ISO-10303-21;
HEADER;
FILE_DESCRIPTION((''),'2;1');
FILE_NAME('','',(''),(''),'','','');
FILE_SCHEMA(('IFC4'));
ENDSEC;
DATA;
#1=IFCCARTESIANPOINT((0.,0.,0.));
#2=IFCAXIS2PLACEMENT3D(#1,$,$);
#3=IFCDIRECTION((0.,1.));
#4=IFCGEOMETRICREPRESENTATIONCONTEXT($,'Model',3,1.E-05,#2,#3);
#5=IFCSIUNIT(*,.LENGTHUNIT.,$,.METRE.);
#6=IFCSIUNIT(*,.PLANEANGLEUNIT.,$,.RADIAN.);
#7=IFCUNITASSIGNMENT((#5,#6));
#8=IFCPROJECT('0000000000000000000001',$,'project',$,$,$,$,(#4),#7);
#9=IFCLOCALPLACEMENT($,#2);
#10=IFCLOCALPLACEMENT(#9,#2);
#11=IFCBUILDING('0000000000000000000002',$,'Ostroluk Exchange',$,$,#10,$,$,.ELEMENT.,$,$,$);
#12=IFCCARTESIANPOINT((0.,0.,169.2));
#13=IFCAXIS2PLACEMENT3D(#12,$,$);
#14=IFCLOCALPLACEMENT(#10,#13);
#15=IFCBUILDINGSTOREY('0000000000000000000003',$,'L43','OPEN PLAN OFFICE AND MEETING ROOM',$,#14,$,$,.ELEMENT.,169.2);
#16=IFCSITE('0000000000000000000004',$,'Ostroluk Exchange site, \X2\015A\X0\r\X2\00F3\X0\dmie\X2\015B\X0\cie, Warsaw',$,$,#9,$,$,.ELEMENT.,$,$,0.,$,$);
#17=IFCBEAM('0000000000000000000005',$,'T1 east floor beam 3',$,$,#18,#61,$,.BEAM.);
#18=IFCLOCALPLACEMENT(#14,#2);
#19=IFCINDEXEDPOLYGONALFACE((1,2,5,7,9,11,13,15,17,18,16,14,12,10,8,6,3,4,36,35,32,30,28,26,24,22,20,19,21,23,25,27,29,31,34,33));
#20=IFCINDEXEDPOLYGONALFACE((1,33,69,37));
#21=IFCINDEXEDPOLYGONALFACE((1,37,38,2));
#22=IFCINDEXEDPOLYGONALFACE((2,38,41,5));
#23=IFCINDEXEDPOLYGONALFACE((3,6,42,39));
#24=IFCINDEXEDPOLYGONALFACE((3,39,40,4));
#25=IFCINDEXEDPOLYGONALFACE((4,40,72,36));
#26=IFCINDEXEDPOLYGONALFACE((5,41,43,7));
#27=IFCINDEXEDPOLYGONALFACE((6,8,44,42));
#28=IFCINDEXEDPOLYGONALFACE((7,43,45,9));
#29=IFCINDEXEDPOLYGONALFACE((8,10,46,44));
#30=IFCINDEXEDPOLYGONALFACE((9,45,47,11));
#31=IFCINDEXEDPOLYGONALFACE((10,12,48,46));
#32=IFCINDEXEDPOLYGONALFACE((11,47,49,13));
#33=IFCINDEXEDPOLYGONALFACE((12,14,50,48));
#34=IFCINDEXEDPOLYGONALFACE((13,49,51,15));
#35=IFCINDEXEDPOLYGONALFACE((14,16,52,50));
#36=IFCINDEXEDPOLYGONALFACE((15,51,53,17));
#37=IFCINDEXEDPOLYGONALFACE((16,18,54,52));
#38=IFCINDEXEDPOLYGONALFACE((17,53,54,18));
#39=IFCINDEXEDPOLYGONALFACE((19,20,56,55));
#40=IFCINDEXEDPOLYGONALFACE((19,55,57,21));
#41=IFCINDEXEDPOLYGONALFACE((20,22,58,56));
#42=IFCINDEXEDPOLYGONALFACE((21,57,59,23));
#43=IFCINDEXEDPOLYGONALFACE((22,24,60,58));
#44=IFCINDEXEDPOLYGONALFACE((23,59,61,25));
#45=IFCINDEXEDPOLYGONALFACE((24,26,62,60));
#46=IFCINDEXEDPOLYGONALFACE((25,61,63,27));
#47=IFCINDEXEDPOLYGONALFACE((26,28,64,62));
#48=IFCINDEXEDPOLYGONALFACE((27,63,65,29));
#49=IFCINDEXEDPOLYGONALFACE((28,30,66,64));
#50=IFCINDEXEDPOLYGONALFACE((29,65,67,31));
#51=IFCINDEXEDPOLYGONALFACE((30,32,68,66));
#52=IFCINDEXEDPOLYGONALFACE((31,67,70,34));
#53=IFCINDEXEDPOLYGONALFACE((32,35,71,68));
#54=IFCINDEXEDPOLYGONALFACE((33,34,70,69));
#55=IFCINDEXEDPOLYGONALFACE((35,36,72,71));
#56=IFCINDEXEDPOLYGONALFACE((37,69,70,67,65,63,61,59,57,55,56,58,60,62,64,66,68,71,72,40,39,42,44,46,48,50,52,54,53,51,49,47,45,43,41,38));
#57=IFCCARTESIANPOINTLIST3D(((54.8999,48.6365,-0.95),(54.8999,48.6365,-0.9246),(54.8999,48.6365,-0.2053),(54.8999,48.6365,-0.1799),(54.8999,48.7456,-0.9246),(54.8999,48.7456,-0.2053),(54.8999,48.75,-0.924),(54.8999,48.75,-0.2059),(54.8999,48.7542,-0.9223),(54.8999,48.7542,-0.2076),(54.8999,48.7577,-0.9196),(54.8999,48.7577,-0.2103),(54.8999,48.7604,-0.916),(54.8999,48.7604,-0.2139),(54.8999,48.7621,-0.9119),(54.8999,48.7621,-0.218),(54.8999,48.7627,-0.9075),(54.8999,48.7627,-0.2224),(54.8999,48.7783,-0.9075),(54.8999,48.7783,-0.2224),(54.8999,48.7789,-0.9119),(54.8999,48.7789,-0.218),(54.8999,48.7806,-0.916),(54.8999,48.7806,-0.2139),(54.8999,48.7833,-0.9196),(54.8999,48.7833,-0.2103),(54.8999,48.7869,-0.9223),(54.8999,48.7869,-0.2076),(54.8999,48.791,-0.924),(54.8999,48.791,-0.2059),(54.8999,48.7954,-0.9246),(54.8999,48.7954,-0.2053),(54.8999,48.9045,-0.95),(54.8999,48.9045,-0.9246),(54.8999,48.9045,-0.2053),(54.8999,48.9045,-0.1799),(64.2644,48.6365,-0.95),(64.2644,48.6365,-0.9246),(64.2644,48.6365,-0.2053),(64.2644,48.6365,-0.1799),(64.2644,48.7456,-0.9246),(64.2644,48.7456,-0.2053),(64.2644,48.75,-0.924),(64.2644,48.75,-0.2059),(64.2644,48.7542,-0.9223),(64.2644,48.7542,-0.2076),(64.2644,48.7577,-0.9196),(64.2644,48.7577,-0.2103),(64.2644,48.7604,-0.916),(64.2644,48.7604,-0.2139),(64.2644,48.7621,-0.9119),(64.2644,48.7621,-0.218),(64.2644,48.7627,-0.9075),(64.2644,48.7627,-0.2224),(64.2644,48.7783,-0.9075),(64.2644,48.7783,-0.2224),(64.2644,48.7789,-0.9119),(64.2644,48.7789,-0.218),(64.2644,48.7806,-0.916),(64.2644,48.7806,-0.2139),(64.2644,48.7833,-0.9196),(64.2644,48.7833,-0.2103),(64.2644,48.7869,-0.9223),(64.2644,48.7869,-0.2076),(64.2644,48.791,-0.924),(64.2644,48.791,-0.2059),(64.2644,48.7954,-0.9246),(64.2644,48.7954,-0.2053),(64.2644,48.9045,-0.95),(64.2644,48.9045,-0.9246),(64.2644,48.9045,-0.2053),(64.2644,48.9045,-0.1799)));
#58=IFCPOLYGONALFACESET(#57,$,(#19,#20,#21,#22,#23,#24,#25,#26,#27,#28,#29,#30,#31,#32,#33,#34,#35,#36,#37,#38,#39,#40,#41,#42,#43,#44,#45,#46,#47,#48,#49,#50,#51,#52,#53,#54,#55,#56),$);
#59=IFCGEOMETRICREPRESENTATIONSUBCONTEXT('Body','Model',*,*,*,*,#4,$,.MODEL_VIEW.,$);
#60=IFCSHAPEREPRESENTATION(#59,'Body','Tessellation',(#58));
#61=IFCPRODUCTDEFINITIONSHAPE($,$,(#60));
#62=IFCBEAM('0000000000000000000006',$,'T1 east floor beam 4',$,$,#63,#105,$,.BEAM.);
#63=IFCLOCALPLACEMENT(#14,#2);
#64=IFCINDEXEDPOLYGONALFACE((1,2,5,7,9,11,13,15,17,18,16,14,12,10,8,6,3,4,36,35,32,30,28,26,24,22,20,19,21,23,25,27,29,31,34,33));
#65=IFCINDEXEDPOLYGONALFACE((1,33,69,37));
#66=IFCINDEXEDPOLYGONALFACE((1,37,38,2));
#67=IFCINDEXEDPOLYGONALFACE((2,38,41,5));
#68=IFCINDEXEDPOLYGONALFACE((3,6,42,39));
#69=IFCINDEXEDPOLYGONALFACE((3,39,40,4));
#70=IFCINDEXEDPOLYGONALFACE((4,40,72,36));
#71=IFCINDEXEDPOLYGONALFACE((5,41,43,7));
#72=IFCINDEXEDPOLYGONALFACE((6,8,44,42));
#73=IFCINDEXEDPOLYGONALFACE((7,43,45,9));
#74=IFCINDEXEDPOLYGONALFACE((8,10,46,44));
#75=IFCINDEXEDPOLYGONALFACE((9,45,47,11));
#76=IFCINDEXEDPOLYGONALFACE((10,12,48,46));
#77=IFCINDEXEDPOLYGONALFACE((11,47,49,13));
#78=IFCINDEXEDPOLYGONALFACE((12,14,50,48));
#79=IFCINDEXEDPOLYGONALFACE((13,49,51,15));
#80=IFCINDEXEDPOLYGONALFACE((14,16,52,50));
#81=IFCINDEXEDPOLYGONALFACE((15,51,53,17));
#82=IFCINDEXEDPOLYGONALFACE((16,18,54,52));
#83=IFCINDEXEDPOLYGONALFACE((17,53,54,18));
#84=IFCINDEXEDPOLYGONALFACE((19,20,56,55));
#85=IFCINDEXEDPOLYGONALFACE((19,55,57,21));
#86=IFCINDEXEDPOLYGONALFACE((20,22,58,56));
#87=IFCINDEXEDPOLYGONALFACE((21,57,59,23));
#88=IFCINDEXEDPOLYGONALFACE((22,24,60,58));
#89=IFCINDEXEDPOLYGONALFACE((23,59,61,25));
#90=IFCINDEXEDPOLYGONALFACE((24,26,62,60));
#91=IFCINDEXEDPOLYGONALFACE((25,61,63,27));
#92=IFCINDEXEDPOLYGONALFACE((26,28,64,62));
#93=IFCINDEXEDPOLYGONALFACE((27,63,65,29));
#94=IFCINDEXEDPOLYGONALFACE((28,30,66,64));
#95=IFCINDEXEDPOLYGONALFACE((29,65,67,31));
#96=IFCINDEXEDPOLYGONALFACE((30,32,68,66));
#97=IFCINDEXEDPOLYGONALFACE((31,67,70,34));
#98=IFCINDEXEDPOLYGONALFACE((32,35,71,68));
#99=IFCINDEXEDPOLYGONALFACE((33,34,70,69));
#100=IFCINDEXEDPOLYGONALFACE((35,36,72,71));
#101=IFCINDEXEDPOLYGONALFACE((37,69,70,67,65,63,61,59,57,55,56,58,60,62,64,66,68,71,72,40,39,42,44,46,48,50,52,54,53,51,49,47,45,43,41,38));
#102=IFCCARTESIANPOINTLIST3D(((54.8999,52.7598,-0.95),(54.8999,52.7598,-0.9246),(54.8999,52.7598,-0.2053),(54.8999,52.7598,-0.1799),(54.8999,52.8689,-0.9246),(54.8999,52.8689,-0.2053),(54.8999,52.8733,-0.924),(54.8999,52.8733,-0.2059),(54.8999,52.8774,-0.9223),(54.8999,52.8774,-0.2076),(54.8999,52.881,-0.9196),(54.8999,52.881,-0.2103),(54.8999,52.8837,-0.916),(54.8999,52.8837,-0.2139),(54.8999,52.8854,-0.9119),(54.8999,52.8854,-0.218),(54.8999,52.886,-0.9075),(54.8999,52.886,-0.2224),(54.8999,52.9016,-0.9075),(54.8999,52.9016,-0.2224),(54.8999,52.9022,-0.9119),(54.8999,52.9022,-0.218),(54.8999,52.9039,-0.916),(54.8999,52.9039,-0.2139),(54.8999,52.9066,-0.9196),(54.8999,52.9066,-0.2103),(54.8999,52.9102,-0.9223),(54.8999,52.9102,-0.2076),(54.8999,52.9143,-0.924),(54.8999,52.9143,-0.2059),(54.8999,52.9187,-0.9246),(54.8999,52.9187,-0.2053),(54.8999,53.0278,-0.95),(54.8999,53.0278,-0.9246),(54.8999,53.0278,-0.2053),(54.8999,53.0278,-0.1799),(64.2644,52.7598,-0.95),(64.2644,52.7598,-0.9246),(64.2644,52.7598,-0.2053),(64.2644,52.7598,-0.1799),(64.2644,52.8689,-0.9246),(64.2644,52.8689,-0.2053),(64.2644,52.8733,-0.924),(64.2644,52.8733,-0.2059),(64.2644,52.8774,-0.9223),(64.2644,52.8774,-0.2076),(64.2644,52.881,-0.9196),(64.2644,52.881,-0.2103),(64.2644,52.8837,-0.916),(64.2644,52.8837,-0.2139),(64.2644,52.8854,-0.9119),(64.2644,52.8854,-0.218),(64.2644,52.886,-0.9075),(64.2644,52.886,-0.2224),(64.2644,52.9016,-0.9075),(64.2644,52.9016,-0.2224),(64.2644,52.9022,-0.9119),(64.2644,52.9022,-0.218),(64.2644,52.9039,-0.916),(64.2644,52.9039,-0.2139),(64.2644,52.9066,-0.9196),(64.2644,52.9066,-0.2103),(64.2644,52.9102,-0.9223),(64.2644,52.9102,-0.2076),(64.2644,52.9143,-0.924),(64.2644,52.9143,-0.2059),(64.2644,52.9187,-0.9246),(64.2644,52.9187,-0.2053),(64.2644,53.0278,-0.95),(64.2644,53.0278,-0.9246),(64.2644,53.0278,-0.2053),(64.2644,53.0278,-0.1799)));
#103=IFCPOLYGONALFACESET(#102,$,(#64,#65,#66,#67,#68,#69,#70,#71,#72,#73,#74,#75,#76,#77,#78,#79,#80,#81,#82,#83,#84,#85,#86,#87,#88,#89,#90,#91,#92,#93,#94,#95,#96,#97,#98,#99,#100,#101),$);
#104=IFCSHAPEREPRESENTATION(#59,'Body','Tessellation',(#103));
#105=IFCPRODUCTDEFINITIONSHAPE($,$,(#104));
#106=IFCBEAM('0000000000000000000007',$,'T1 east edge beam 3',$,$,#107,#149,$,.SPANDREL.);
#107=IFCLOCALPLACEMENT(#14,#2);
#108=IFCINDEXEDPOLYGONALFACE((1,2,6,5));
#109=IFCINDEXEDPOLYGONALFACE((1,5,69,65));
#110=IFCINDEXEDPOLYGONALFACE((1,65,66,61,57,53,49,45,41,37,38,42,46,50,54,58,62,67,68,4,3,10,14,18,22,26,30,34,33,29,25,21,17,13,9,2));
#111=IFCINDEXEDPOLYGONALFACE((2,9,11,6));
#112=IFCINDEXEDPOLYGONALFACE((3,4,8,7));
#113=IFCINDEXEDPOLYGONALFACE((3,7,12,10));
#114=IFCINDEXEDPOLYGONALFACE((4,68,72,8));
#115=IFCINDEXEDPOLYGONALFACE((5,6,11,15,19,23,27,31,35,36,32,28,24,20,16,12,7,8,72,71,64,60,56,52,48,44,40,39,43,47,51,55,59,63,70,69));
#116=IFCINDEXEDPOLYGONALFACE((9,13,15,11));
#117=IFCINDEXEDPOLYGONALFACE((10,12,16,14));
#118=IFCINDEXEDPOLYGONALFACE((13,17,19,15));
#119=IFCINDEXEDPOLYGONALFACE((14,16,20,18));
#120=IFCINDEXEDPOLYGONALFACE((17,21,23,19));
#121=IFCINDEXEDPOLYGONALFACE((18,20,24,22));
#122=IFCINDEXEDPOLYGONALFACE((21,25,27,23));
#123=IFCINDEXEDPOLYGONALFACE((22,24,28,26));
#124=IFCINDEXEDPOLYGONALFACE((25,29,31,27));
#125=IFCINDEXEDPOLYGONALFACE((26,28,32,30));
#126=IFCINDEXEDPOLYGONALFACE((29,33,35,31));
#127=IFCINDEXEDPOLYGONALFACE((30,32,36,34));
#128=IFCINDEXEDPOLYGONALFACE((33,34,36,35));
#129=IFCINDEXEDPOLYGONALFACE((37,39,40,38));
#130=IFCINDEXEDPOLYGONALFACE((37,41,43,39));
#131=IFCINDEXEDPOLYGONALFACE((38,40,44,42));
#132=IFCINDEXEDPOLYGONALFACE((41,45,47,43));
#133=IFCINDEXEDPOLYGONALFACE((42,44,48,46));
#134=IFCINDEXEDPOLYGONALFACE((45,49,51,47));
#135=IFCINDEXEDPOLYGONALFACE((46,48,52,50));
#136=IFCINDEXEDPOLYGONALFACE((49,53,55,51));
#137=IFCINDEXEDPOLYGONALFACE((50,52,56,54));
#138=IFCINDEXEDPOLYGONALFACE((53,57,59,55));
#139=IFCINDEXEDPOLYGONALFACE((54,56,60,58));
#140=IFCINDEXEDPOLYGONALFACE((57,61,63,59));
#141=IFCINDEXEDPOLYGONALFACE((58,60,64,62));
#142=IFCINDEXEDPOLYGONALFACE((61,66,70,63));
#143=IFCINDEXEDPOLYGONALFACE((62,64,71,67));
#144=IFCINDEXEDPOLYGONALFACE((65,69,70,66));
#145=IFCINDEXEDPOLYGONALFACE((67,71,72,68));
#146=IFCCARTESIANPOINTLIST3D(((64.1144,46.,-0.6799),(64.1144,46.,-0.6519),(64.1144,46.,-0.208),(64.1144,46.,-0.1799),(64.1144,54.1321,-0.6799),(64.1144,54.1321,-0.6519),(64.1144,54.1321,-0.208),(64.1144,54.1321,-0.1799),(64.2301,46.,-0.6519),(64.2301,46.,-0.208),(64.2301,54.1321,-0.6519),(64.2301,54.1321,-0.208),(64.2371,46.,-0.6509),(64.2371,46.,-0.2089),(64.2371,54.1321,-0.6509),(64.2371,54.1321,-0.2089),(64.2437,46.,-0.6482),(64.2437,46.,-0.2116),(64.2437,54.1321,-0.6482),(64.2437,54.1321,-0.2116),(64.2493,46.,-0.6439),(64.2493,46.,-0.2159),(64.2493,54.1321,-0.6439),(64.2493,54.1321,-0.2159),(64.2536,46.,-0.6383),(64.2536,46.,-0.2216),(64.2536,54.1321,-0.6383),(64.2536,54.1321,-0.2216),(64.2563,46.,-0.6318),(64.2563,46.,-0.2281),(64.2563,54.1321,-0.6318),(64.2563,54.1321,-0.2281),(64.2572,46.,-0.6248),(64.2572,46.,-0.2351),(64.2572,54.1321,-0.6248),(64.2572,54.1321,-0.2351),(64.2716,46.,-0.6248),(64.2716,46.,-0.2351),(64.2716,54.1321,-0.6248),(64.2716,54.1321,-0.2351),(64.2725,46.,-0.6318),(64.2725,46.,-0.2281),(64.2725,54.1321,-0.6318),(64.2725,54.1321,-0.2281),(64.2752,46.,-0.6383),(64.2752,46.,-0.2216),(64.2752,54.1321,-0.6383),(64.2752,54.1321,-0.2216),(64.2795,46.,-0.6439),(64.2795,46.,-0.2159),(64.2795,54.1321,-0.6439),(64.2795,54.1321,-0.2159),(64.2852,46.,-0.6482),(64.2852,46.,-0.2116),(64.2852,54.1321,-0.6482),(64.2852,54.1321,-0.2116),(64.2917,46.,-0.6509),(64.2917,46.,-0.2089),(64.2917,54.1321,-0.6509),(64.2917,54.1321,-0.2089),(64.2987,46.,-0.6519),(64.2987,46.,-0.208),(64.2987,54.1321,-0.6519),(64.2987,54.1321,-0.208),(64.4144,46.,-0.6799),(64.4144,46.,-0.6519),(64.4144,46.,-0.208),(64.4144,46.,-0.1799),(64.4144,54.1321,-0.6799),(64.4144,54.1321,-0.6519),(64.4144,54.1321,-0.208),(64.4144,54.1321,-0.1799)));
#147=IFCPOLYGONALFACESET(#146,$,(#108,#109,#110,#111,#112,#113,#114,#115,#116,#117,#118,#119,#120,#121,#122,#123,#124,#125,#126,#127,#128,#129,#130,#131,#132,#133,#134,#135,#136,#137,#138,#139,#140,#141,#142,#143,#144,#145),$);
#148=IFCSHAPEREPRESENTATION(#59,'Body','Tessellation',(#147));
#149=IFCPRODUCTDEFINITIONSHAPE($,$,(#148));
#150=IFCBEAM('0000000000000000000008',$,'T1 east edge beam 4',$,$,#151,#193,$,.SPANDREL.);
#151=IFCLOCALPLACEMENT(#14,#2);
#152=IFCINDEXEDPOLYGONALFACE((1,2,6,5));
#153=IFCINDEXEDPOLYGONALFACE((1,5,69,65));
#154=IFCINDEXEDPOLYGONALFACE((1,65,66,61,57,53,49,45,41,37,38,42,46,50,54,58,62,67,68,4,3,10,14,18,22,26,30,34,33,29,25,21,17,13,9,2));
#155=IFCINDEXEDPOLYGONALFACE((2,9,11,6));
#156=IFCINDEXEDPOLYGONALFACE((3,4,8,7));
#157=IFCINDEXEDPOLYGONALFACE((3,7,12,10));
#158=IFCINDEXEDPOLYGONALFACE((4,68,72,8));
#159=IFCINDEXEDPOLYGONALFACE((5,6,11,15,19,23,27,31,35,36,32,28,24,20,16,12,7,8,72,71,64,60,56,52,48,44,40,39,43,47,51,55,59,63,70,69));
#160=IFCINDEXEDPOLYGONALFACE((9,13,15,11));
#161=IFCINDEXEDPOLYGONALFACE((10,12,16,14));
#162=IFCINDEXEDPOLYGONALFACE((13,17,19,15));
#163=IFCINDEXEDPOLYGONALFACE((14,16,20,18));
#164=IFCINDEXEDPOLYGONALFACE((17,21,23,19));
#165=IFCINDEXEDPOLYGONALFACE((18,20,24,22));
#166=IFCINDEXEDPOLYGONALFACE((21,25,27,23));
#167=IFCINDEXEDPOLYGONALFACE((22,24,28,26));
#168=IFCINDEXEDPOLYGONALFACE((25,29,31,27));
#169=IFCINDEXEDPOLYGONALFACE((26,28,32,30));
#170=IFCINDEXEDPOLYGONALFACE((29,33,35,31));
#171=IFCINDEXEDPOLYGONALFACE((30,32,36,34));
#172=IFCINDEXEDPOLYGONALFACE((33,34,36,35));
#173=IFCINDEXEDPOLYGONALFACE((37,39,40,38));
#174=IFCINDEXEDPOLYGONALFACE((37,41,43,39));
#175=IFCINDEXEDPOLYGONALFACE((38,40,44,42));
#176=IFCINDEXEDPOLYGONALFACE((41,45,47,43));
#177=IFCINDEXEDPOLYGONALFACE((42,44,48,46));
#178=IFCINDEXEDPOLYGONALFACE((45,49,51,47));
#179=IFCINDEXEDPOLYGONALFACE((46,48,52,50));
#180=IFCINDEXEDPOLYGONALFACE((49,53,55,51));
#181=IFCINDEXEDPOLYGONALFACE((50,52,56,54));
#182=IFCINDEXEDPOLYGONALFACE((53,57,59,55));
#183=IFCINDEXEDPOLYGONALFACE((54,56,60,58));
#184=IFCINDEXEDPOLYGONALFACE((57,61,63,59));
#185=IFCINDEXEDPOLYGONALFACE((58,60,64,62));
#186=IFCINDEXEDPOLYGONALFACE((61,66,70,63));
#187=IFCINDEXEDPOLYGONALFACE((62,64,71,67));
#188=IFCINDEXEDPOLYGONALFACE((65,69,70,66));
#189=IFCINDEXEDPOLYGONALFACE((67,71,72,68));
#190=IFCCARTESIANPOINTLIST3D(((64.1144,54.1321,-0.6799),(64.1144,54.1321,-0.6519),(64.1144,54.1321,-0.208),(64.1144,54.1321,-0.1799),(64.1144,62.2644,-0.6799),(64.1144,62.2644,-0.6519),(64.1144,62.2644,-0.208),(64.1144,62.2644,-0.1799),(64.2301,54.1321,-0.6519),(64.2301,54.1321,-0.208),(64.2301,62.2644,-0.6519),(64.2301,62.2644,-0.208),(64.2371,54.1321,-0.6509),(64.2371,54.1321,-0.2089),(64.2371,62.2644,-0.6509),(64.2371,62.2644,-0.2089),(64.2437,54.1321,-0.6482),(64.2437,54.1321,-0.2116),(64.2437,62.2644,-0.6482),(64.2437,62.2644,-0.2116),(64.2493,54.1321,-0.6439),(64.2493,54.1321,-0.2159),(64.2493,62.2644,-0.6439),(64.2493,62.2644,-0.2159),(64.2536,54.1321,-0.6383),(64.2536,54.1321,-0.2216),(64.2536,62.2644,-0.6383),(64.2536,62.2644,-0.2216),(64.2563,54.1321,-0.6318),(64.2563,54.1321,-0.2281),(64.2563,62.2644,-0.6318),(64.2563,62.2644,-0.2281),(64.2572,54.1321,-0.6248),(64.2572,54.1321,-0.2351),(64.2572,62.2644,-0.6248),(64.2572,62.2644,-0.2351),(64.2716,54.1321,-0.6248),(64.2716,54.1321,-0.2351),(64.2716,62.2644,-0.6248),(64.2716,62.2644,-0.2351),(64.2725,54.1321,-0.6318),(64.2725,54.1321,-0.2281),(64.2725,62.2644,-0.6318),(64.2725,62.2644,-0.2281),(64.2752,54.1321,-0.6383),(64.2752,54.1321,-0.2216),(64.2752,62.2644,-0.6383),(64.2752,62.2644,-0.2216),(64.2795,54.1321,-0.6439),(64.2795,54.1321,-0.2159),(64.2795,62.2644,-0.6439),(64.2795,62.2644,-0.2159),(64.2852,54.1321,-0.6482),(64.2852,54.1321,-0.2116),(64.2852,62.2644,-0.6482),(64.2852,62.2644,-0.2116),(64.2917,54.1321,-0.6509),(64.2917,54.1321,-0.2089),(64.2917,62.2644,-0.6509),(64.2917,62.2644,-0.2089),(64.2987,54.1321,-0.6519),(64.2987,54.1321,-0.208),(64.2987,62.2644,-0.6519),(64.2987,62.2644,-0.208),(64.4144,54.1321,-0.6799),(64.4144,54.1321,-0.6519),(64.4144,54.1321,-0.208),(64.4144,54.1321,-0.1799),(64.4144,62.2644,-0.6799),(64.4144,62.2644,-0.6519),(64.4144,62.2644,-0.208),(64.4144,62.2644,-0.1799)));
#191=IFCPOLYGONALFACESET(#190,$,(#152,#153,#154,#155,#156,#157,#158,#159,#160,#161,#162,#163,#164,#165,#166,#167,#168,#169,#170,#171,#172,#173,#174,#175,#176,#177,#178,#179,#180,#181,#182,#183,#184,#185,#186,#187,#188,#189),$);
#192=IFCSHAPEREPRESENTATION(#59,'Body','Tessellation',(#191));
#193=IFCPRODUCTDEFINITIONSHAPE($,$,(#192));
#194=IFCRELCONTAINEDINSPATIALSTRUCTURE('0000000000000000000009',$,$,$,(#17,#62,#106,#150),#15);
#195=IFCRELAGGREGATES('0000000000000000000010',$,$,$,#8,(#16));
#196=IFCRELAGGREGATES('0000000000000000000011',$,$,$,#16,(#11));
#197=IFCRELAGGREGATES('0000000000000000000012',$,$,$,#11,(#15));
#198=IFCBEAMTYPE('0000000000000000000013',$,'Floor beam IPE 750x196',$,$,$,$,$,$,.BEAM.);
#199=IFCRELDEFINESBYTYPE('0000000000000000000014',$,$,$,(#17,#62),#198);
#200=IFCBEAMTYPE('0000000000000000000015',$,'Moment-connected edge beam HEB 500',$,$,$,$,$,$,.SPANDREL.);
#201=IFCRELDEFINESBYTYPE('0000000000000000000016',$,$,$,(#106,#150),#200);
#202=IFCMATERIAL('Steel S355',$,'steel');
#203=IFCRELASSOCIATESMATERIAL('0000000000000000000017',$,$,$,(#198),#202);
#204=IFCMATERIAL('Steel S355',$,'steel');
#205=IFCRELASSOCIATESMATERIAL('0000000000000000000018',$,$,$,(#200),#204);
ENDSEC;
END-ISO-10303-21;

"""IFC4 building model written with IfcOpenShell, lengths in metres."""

from ifc_helpers import new_model, si_unit, direction, frame, origin, origin_2d, place, context, subcontext, project, spatial, i_section, extrude, material, material_profile, profile_set, type_object, element, save


model = new_model("IFC4")

# Units and contexts
model_context = context("Model", 3, precision=1e-05, world=origin(), true_north=direction((0.0, 1.0)))
body_context = subcontext(model_context, "Body", "Model", "MODEL_VIEW")
ifc_project = project(units=[si_unit("LENGTHUNIT", "METRE"), si_unit("PLANEANGLEUNIT", "RADIAN")], contexts=[model_context])

# Site, building, storey
site_placement = place(None, origin())
site = spatial("IfcSite", under=ifc_project, at=site_placement, Name="Ostroluk Exchange site, Śródmieście, Warsaw", CompositionType="ELEMENT", RefElevation=0.0)
building_placement = place(site_placement, origin())
building = spatial("IfcBuilding", under=site, at=building_placement, Name="Ostroluk Exchange", CompositionType="ELEMENT")
storey_placement = place(building_placement, frame((0.0, 0.0, 169.2)))
storey = spatial("IfcBuildingStorey", under=building, at=storey_placement, Name="L43", Description="OPEN PLAN OFFICE AND MEETING ROOM", CompositionType="ELEMENT", Elevation=169.2)

# Beams
ifc_material_1 = material(Name="Steel S355", Category="steel")
ifc_material_profile_1 = material_profile(ifc_material_1, i_section(OverallWidth=0.2681, OverallDepth=0.77, WebThickness=0.0156, FlangeThickness=0.0254, FilletRadius=0.0171, at=origin_2d()), Name="IPE 750x196")
ifc_profile_set_1 = profile_set([ifc_material_profile_1], Name="Steel S355")
beam_type_1 = type_object("IfcBeamType", Name="Floor beam IPE 750x196", PredefinedType="BEAM", material=ifc_profile_set_1)
for number, where, z_axis, x_axis, name in (
    (1, (54.8999, 48.7705, -0.5649), (1.0, 0.0, 0.0), (0.0, 1.0, 0.0), "T1 east floor beam 3"),
    (2, (54.8999, 52.8938, -0.5649), (1.0, 0.0, 0.0), (0.0, 1.0, 0.0), "T1 east floor beam 4"),
):
    element("IfcBeam", number, at=place(storey_placement, frame(where, z_axis=z_axis, x_axis=x_axis)), inside=storey, type_object=beam_type_1, Name=name, PredefinedType="BEAM", context=body_context, shape_type="SweptSolid", body=[
        extrude(i_section(OverallWidth=0.2681, OverallDepth=0.77, WebThickness=0.0156, FlangeThickness=0.0254, FilletRadius=0.0171, at=origin_2d()), origin(), (0.0, 0.0, 1.0), 9.3645),
    ])
ifc_material_2 = material(Name="Steel S355", Category="steel")
ifc_material_profile_2 = material_profile(ifc_material_2, i_section(OverallWidth=0.3, OverallDepth=0.5, WebThickness=0.0144, FlangeThickness=0.0281, FilletRadius=0.0271, at=origin_2d()), Name="HEB 500")
ifc_profile_set_2 = profile_set([ifc_material_profile_2], Name="Steel S355")
beam_type_2 = type_object("IfcBeamType", Name="Moment-connected edge beam HEB 500", PredefinedType="SPANDREL", material=ifc_profile_set_2)
beam_1_placement = place(storey_placement, frame((64.2644, 46.0, -0.4299), z_axis=(0.0, 1.0, 0.0), x_axis=(-1.0, 0.0, 0.0)))
element("IfcBeam", 3, at=beam_1_placement, inside=storey, type_object=beam_type_2, Name="T1 east edge beam 3", PredefinedType="SPANDREL", context=body_context, shape_type="SweptSolid", body=[
    extrude(i_section(OverallWidth=0.3, OverallDepth=0.5, WebThickness=0.0144, FlangeThickness=0.0281, FilletRadius=0.0271, at=origin_2d()), origin(), (0.0, 0.0, 1.0), 8.1321),
])
beam_2_placement = place(storey_placement, frame((64.2644, 54.1321, -0.4299), z_axis=(0.0, 1.0, 0.0), x_axis=(-1.0, 0.0, 0.0)))
element("IfcBeam", 4, at=beam_2_placement, inside=storey, type_object=beam_type_2, Name="T1 east edge beam 4", PredefinedType="SPANDREL", context=body_context, shape_type="SweptSolid", body=[
    extrude(i_section(OverallWidth=0.3, OverallDepth=0.5, WebThickness=0.0144, FlangeThickness=0.0281, FilletRadius=0.0271, at=origin_2d()), origin(), (0.0, 0.0, 1.0), 8.1323),
])

save(model, "model.ifc")
